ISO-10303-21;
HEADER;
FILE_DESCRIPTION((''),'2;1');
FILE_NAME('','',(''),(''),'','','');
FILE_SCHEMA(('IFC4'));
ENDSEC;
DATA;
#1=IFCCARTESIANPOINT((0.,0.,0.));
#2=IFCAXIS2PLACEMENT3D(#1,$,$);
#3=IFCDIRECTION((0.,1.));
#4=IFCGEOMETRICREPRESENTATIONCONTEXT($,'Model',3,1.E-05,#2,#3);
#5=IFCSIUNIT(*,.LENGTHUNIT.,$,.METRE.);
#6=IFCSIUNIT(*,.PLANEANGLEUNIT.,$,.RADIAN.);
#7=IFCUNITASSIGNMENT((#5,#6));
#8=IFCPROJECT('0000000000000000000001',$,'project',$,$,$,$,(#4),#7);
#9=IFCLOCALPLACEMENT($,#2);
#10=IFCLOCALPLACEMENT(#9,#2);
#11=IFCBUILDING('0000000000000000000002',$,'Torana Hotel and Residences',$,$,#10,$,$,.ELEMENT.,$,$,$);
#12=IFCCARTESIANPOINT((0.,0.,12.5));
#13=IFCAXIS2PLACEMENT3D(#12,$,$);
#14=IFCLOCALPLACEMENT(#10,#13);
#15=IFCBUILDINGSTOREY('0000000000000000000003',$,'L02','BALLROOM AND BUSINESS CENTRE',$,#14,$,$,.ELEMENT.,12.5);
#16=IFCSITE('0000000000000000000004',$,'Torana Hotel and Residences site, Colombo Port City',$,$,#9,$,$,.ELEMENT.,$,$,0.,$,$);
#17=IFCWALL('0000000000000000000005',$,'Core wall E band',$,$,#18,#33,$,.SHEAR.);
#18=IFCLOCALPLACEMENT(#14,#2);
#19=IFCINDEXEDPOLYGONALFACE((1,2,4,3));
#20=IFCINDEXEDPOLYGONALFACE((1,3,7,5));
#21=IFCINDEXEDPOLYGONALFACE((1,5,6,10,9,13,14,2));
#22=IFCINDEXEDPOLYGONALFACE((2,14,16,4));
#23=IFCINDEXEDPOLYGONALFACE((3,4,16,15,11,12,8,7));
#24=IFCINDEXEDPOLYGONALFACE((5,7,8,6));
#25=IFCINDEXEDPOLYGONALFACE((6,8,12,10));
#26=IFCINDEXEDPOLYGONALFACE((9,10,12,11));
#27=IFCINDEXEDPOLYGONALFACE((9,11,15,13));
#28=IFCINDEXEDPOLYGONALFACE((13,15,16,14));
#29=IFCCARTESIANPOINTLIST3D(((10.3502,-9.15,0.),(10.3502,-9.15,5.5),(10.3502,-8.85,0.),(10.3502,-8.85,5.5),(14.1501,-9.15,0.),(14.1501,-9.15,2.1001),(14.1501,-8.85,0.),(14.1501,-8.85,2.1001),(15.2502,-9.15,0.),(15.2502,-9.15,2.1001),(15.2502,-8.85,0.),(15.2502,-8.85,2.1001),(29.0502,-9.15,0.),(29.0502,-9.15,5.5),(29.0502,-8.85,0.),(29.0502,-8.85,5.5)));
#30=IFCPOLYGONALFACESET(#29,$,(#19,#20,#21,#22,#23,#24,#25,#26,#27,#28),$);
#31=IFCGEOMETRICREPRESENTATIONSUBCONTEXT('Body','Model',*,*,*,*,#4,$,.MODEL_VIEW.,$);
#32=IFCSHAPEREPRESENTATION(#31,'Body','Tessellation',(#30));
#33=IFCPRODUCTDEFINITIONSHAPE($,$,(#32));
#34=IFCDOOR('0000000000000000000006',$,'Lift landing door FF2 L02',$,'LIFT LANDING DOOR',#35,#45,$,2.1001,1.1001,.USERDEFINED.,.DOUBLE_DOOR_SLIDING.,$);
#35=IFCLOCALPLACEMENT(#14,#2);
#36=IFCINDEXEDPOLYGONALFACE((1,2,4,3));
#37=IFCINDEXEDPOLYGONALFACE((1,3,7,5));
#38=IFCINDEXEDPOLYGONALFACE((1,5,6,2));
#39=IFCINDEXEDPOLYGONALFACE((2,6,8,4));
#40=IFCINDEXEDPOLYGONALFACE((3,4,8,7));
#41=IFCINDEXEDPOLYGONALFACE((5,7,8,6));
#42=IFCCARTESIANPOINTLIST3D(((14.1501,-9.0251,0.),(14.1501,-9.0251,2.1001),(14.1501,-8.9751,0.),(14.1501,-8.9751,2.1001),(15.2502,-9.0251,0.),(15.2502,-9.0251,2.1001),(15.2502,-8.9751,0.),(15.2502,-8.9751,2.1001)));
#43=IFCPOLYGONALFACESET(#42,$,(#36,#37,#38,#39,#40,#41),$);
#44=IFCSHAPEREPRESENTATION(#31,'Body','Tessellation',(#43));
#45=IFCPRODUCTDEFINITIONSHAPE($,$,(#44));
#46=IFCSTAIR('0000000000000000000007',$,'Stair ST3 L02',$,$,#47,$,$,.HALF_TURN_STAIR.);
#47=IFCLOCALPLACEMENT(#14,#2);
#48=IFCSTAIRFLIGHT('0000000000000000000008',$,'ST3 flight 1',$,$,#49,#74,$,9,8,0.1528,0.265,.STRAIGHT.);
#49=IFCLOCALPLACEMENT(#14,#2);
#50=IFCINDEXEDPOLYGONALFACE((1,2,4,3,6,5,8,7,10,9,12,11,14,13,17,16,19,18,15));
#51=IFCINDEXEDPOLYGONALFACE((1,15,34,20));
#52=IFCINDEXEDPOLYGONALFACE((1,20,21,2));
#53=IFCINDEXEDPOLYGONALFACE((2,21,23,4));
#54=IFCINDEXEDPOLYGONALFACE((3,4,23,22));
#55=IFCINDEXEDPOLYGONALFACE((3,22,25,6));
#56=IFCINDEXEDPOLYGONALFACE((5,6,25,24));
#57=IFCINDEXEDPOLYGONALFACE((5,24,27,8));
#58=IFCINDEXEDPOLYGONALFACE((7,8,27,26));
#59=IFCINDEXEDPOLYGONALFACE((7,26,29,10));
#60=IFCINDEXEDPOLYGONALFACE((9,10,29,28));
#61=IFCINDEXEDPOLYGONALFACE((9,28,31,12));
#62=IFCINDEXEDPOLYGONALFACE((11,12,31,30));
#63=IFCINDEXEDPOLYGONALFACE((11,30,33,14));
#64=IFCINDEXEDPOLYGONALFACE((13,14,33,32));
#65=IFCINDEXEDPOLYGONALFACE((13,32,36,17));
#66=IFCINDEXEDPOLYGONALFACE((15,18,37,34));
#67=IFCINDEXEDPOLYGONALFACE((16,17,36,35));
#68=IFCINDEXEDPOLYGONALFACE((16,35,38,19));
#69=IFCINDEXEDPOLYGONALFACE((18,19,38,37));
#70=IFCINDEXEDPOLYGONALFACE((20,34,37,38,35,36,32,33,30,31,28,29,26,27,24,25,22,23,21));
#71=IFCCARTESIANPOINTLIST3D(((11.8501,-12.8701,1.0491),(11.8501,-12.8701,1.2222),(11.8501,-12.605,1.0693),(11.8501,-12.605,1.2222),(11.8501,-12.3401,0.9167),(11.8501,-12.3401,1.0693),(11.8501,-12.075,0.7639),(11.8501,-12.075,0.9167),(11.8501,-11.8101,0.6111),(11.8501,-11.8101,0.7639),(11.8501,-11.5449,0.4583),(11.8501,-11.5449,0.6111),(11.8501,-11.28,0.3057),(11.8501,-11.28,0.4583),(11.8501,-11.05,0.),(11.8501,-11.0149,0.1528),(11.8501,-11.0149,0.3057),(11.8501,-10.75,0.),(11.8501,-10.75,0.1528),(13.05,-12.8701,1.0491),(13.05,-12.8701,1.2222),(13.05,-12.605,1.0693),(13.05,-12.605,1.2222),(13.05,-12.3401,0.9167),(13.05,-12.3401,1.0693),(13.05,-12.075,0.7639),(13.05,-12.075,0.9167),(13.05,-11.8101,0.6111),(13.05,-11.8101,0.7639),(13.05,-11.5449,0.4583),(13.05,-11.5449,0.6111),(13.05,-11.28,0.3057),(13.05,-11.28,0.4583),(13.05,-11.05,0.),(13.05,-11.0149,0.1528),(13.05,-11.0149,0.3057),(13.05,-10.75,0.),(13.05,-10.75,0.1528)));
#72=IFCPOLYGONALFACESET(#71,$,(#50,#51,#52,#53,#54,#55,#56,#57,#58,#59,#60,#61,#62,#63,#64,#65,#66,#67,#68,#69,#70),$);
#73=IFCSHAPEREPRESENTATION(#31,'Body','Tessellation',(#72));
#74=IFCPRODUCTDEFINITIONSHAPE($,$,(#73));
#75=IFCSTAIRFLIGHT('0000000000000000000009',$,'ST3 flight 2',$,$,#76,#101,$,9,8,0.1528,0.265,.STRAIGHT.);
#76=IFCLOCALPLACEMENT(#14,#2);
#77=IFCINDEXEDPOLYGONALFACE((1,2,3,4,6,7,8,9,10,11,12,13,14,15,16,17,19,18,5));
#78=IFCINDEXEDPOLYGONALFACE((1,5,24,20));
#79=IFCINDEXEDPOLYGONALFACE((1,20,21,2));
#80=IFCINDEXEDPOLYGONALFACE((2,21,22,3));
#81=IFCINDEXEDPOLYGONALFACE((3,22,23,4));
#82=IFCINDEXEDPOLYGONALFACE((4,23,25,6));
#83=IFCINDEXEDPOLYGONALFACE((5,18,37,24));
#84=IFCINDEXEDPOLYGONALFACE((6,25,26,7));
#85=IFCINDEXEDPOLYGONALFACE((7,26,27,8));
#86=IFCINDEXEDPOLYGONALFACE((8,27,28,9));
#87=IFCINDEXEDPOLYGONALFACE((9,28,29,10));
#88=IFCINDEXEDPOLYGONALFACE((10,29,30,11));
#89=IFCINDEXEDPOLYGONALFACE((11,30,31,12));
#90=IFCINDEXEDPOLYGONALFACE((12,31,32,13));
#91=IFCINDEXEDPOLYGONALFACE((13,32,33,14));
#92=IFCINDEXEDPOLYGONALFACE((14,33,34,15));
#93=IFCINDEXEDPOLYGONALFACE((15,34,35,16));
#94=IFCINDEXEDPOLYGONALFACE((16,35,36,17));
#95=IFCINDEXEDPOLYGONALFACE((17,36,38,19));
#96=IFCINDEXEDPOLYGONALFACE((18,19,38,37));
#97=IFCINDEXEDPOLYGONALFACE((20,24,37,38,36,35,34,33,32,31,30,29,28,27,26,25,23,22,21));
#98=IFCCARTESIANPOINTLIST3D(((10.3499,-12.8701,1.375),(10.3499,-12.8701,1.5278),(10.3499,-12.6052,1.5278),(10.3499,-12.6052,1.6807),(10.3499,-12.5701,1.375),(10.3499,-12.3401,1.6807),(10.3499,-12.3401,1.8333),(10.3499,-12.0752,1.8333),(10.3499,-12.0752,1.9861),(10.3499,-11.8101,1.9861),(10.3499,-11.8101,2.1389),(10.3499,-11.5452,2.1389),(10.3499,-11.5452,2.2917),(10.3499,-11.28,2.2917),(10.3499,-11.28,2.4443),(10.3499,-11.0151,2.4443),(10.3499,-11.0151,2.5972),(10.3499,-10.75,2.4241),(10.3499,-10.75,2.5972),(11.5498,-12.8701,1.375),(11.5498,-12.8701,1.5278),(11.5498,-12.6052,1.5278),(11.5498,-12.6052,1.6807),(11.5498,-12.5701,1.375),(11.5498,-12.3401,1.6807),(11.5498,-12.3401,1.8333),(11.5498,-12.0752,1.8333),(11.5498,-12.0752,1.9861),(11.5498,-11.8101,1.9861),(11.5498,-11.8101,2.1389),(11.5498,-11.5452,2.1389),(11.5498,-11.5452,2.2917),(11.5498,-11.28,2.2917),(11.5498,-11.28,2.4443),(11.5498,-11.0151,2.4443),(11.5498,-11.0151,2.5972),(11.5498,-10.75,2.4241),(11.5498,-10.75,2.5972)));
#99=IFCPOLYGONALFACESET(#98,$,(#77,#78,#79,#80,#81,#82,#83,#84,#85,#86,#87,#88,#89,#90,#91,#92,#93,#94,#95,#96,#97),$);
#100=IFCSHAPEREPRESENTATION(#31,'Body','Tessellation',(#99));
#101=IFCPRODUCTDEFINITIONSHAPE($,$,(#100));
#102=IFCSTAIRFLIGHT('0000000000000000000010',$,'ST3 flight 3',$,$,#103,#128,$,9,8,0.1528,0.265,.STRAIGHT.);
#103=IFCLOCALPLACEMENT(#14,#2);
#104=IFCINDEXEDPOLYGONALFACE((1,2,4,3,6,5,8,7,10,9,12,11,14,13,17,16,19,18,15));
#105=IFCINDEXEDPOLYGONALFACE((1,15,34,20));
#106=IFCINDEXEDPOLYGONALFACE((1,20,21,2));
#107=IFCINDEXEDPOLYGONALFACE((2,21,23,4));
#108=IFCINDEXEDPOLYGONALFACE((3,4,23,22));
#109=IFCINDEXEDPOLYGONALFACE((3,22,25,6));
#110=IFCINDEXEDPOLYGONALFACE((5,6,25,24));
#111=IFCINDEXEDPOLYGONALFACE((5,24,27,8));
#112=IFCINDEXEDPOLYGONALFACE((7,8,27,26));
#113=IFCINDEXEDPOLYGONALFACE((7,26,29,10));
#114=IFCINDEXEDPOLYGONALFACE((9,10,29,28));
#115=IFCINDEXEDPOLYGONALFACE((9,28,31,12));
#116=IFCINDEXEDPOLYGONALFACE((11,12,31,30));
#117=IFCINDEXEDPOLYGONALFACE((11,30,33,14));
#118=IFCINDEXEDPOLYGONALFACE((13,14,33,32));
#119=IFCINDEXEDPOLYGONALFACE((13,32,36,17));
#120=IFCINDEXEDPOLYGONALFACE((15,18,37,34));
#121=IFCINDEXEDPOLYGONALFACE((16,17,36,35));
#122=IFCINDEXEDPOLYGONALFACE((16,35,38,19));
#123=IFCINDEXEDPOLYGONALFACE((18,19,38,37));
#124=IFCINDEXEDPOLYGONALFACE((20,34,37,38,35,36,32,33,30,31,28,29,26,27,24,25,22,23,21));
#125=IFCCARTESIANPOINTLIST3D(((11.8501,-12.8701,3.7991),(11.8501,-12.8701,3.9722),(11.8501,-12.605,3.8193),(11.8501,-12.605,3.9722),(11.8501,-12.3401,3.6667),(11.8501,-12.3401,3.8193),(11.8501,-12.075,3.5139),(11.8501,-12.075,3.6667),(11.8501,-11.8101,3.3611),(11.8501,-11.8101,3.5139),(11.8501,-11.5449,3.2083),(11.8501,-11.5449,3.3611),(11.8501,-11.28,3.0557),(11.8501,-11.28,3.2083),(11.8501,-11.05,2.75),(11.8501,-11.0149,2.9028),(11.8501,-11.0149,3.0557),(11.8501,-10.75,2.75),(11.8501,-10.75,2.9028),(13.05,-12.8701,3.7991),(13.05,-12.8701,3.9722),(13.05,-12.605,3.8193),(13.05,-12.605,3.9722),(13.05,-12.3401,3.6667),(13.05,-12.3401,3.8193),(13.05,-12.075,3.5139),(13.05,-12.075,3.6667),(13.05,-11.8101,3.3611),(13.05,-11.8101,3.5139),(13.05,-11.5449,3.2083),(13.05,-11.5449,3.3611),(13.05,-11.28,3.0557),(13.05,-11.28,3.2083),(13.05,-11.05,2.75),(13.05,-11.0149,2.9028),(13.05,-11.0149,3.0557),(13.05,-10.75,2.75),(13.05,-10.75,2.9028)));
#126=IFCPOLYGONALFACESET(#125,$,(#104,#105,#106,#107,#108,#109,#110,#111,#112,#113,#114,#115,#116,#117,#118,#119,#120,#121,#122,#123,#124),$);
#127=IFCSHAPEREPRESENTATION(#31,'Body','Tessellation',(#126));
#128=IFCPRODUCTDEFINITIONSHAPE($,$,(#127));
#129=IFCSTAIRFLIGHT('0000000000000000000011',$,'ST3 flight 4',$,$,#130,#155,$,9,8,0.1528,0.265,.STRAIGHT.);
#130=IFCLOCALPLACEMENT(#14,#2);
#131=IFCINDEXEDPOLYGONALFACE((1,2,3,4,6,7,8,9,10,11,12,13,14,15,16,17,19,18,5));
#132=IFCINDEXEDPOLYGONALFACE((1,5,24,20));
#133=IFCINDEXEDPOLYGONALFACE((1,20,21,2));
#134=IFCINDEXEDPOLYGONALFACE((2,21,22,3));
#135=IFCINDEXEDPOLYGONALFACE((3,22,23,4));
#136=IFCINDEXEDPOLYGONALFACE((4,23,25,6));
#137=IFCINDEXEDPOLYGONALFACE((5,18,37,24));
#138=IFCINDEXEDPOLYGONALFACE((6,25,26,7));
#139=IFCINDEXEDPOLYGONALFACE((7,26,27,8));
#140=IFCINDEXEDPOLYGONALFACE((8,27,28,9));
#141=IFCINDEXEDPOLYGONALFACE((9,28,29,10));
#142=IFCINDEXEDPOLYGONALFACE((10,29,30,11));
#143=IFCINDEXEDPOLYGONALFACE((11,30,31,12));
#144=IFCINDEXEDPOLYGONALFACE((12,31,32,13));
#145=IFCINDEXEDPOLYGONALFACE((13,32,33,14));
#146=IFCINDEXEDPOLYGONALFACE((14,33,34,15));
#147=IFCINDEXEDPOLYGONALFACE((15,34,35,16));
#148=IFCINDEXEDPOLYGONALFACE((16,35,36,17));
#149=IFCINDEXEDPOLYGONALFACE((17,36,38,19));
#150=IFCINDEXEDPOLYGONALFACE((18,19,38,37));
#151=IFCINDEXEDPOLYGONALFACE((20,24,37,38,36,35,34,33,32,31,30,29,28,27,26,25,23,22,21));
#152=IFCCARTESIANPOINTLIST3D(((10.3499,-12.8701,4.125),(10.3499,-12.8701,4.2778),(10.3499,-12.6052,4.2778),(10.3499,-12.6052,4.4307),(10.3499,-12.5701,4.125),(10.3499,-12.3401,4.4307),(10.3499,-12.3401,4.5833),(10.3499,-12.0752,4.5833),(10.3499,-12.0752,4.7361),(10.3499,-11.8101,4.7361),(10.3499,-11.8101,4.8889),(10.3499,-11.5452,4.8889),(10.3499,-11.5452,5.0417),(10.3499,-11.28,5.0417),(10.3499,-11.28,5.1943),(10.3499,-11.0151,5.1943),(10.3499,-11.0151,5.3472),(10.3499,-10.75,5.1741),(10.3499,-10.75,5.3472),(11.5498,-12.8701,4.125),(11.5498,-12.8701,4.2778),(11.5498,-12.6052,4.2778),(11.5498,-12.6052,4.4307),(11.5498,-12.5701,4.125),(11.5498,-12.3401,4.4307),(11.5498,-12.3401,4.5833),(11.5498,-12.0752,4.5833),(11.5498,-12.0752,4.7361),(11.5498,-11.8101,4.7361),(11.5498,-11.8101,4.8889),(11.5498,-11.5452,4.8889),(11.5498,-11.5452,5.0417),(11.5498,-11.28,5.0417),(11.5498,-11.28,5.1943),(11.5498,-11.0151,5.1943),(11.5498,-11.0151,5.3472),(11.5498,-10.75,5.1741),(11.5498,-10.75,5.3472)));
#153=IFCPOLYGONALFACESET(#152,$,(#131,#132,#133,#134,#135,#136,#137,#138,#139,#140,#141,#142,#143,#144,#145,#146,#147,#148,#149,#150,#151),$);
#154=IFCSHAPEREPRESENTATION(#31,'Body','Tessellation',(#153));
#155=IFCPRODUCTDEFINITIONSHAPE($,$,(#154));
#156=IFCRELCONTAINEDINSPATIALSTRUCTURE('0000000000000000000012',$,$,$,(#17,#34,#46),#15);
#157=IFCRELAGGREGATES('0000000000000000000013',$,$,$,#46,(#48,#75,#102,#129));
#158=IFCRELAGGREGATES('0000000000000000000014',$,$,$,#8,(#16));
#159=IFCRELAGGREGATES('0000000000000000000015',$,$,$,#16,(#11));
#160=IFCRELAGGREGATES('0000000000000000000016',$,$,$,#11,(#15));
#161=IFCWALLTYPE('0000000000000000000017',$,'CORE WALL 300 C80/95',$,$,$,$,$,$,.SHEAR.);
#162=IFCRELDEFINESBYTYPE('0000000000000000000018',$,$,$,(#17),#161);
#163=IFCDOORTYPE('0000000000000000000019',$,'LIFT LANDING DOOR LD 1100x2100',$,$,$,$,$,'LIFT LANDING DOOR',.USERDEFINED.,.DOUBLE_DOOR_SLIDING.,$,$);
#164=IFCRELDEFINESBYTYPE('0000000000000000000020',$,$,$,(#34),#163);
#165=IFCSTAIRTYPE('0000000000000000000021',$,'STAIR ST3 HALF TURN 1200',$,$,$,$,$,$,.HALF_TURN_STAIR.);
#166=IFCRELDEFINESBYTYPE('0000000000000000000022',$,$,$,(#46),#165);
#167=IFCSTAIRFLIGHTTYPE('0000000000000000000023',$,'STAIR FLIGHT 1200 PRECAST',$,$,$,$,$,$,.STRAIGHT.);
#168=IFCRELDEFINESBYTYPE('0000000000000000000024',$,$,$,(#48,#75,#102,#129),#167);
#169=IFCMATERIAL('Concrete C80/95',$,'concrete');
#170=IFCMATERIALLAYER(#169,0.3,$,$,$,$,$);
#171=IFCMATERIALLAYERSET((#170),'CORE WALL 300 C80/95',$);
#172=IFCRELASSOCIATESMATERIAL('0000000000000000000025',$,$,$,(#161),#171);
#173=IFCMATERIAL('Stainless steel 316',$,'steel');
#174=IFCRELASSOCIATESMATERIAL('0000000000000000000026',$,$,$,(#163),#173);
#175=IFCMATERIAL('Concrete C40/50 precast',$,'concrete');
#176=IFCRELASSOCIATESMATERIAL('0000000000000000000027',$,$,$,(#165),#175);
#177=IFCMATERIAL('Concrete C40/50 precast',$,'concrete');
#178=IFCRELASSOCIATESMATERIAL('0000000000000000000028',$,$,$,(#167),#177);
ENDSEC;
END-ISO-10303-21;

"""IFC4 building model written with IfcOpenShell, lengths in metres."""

from ifc_helpers import new_model, si_unit, direction, frame, frame_2d, origin, place, context, subcontext, project, spatial, polyline, rectangle, outline, extrude, material, layer, layer_set, type_object, element, fill, aggregate, save


model = new_model("IFC4")

# Units and contexts
model_context = context("Model", 3, precision=1e-05, world=origin(), true_north=direction((0.0, 1.0)))
body_context = subcontext(model_context, "Body", "Model", "MODEL_VIEW")
ifc_project = project(units=[si_unit("LENGTHUNIT", "METRE"), si_unit("PLANEANGLEUNIT", "RADIAN")], contexts=[model_context])

# Site, building, storey
site_placement = place(None, origin())
site = spatial("IfcSite", under=ifc_project, at=site_placement, Name="Torana Hotel and Residences site, Colombo Port City", CompositionType="ELEMENT", RefElevation=0.0)
building_placement = place(site_placement, origin())
building = spatial("IfcBuilding", under=site, at=building_placement, Name="Torana Hotel and Residences", CompositionType="ELEMENT")
storey_placement = place(building_placement, frame((0.0, 0.0, 12.5)))
storey = spatial("IfcBuildingStorey", under=building, at=storey_placement, Name="L02", Description="BALLROOM AND BUSINESS CENTRE", CompositionType="ELEMENT", Elevation=12.5)

# Wall, opening, door
ifc_material_1 = material(Name="Concrete C80/95", Category="concrete")
ifc_layer_1 = layer(ifc_material_1, 0.3)
ifc_layer_set_1 = layer_set([ifc_layer_1], Name="CORE WALL 300 C80/95")
wall_type_1 = type_object("IfcWallType", Name="CORE WALL 300 C80/95", PredefinedType="SHEAR", material=ifc_layer_set_1)
wall_1_placement = place(storey_placement, frame((10.3501, -9.0, 0.0), z_axis=(0.0, 0.0, 1.0), x_axis=(1.0, 0.0, 0.0)))
wall_1 = element("IfcWall", 1, at=wall_1_placement, inside=storey, type_object=wall_type_1, Name="Core wall E band", PredefinedType="SHEAR", context=body_context, shape_type="SweptSolid", body=[
    extrude(rectangle(XDim=18.7, YDim=0.3, at=frame_2d((9.3501, 0.0))), origin(), (0.0, 0.0, 1.0), 5.5),
])
opening_1_placement = place(wall_1_placement, frame((3.8, 0.0, 0.0)))
opening_1 = element("IfcOpeningElement", 2, at=opening_1_placement, cuts=wall_1, PredefinedType="OPENING", context=body_context, shape_type="SweptSolid", body=[
    extrude(rectangle(XDim=1.1001, YDim=2.1001, at=frame_2d((0.55, 1.05))), frame((0.0, 0.1599, 0.0), z_axis=(0.0, -1.0, 0.0), x_axis=(1.0, 0.0, 0.0)), (0.0, 0.0, 1.0), 0.3201),
])
ifc_material_2 = material(Name="Stainless steel 316", Category="steel")
door_type_1 = type_object("IfcDoorType", Name="LIFT LANDING DOOR LD 1100x2100", ElementType="LIFT LANDING DOOR", OperationType="DOUBLE_DOOR_SLIDING", PredefinedType="USERDEFINED", material=ifc_material_2)
door_1_placement = place(opening_1_placement, origin())
door_1 = element("IfcDoor", 3, at=door_1_placement, inside=storey, type_object=door_type_1, Name="Lift landing door FF2 L02", ObjectType="LIFT LANDING DOOR", OperationType="DOUBLE_DOOR_SLIDING", OverallHeight=2.1001, OverallWidth=1.1001, PredefinedType="USERDEFINED", context=body_context, shape_type="SweptSolid", body=[
    extrude(rectangle(XDim=1.1001, YDim=2.1001, at=frame_2d((0.55, 1.05))), frame((0.0, 0.0249, 0.0), z_axis=(0.0, -1.0, 0.0), x_axis=(1.0, 0.0, 0.0)), (0.0, 0.0, 1.0), 0.05),
])
fill(opening_1, door_1)

# Stair, stair flights
ifc_material_3 = material(Name="Concrete C40/50 precast", Category="concrete")
stair_type_1 = type_object("IfcStairType", Name="STAIR ST3 HALF TURN 1200", PredefinedType="HALF_TURN_STAIR", material=ifc_material_3)
stair_1_placement = place(storey_placement, origin())
stair_1 = element("IfcStair", 4, at=stair_1_placement, inside=storey, type_object=stair_type_1, Name="Stair ST3 L02", PredefinedType="HALF_TURN_STAIR")
ifc_material_4 = material(Name="Concrete C40/50 precast", Category="concrete")
stair_flight_type = type_object("IfcStairFlightType", Name="STAIR FLIGHT 1200 PRECAST", PredefinedType="STRAIGHT", material=ifc_material_4)
stair_flight_1_placement = place(storey_placement, frame((12.45, -10.75, 0.0), z_axis=(0.0, 0.0, 1.0), x_axis=(0.0, -1.0, 0.0)))
stair_flight_1 = element("IfcStairFlight", 5, at=stair_flight_1_placement, type_object=stair_flight_type, Name="ST3 flight 1", NumberOfRisers=9, NumberOfTreads=8, PredefinedType="STRAIGHT", RiserHeight=0.1528, TreadLength=0.265, context=body_context, shape_type="SweptSolid", body=[
    extrude(outline(polyline([(0.0, 0.0), (0.0, 0.1528), (0.2649, 0.1528), (0.2649, 0.3057), (0.53, 0.3057), (0.53, 0.4583), (0.7949, 0.4583), (0.7949, 0.6111), (1.0601, 0.6111), (1.0601, 0.7639), (1.325, 0.7639), (1.325, 0.9167), (1.5901, 0.9167), (1.5901, 1.0693), (1.855, 1.0693), (1.855, 1.2222), (2.1201, 1.2222), (2.1201, 1.375), (2.1201, 1.0491), (0.3, 0.0), (0.0, 0.0)])), frame((0.0, 0.6001, 0.0), z_axis=(0.0, -1.0, 0.0), x_axis=(1.0, 0.0, 0.0)), (0.0, 0.0, 1.0), 1.2),
])
stair_flight_2_placement = place(storey_placement, frame((10.95, -12.8701, 1.375), z_axis=(0.0, 0.0, 1.0), x_axis=(0.0, 1.0, 0.0)))
stair_flight_2 = element("IfcStairFlight", 6, at=stair_flight_2_placement, type_object=stair_flight_type, Name="ST3 flight 2", NumberOfRisers=9, NumberOfTreads=8, PredefinedType="STRAIGHT", RiserHeight=0.1528, TreadLength=0.265, context=body_context, shape_type="SweptSolid", body=[
    extrude(outline(polyline([(0.0, 0.0), (0.0, 0.1528), (0.2649, 0.1528), (0.2649, 0.3057), (0.53, 0.3057), (0.53, 0.4583), (0.7949, 0.4583), (0.7949, 0.6111), (1.0601, 0.6111), (1.0601, 0.7639), (1.325, 0.7639), (1.325, 0.9167), (1.5901, 0.9167), (1.5901, 1.0693), (1.855, 1.0693), (1.855, 1.2222), (2.1201, 1.2222), (2.1201, 1.375), (2.1201, 1.0491), (0.3, 0.0), (0.0, 0.0)])), frame((0.0, 0.6001, 0.0), z_axis=(0.0, -1.0, 0.0), x_axis=(1.0, 0.0, 0.0)), (0.0, 0.0, 1.0), 1.2),
])
stair_flight_3_placement = place(storey_placement, frame((12.45, -10.75, 2.75), z_axis=(0.0, 0.0, 1.0), x_axis=(0.0, -1.0, 0.0)))
stair_flight_3 = element("IfcStairFlight", 7, at=stair_flight_3_placement, type_object=stair_flight_type, Name="ST3 flight 3", NumberOfRisers=9, NumberOfTreads=8, PredefinedType="STRAIGHT", RiserHeight=0.1528, TreadLength=0.265, context=body_context, shape_type="SweptSolid", body=[
    extrude(outline(polyline([(0.0, 0.0), (0.0, 0.1528), (0.2649, 0.1528), (0.2649, 0.3057), (0.53, 0.3057), (0.53, 0.4583), (0.7949, 0.4583), (0.7949, 0.6111), (1.0601, 0.6111), (1.0601, 0.7639), (1.325, 0.7639), (1.325, 0.9167), (1.5901, 0.9167), (1.5901, 1.0693), (1.855, 1.0693), (1.855, 1.2222), (2.1201, 1.2222), (2.1201, 1.375), (2.1201, 1.0491), (0.3, 0.0), (0.0, 0.0)])), frame((0.0, 0.6001, 0.0), z_axis=(0.0, -1.0, 0.0), x_axis=(1.0, 0.0, 0.0)), (0.0, 0.0, 1.0), 1.2),
])
stair_flight_4_placement = place(storey_placement, frame((10.95, -12.8701, 4.125), z_axis=(0.0, 0.0, 1.0), x_axis=(0.0, 1.0, 0.0)))
stair_flight_4 = element("IfcStairFlight", 8, at=stair_flight_4_placement, type_object=stair_flight_type, Name="ST3 flight 4", NumberOfRisers=9, NumberOfTreads=8, PredefinedType="STRAIGHT", RiserHeight=0.1528, TreadLength=0.265, context=body_context, shape_type="SweptSolid", body=[
    extrude(outline(polyline([(0.0, 0.0), (0.0, 0.1528), (0.2649, 0.1528), (0.2649, 0.3057), (0.53, 0.3057), (0.53, 0.4583), (0.7949, 0.4583), (0.7949, 0.6111), (1.0601, 0.6111), (1.0601, 0.7639), (1.325, 0.7639), (1.325, 0.9167), (1.5901, 0.9167), (1.5901, 1.0693), (1.855, 1.0693), (1.855, 1.2222), (2.1201, 1.2222), (2.1201, 1.375), (2.1201, 1.0491), (0.3, 0.0), (0.0, 0.0)])), frame((0.0, 0.6001, 0.0), z_axis=(0.0, -1.0, 0.0), x_axis=(1.0, 0.0, 0.0)), (0.0, 0.0, 1.0), 1.2),
])
aggregate(stair_1, [stair_flight_1, stair_flight_2, stair_flight_3, stair_flight_4])

save(model, "model.ifc")
